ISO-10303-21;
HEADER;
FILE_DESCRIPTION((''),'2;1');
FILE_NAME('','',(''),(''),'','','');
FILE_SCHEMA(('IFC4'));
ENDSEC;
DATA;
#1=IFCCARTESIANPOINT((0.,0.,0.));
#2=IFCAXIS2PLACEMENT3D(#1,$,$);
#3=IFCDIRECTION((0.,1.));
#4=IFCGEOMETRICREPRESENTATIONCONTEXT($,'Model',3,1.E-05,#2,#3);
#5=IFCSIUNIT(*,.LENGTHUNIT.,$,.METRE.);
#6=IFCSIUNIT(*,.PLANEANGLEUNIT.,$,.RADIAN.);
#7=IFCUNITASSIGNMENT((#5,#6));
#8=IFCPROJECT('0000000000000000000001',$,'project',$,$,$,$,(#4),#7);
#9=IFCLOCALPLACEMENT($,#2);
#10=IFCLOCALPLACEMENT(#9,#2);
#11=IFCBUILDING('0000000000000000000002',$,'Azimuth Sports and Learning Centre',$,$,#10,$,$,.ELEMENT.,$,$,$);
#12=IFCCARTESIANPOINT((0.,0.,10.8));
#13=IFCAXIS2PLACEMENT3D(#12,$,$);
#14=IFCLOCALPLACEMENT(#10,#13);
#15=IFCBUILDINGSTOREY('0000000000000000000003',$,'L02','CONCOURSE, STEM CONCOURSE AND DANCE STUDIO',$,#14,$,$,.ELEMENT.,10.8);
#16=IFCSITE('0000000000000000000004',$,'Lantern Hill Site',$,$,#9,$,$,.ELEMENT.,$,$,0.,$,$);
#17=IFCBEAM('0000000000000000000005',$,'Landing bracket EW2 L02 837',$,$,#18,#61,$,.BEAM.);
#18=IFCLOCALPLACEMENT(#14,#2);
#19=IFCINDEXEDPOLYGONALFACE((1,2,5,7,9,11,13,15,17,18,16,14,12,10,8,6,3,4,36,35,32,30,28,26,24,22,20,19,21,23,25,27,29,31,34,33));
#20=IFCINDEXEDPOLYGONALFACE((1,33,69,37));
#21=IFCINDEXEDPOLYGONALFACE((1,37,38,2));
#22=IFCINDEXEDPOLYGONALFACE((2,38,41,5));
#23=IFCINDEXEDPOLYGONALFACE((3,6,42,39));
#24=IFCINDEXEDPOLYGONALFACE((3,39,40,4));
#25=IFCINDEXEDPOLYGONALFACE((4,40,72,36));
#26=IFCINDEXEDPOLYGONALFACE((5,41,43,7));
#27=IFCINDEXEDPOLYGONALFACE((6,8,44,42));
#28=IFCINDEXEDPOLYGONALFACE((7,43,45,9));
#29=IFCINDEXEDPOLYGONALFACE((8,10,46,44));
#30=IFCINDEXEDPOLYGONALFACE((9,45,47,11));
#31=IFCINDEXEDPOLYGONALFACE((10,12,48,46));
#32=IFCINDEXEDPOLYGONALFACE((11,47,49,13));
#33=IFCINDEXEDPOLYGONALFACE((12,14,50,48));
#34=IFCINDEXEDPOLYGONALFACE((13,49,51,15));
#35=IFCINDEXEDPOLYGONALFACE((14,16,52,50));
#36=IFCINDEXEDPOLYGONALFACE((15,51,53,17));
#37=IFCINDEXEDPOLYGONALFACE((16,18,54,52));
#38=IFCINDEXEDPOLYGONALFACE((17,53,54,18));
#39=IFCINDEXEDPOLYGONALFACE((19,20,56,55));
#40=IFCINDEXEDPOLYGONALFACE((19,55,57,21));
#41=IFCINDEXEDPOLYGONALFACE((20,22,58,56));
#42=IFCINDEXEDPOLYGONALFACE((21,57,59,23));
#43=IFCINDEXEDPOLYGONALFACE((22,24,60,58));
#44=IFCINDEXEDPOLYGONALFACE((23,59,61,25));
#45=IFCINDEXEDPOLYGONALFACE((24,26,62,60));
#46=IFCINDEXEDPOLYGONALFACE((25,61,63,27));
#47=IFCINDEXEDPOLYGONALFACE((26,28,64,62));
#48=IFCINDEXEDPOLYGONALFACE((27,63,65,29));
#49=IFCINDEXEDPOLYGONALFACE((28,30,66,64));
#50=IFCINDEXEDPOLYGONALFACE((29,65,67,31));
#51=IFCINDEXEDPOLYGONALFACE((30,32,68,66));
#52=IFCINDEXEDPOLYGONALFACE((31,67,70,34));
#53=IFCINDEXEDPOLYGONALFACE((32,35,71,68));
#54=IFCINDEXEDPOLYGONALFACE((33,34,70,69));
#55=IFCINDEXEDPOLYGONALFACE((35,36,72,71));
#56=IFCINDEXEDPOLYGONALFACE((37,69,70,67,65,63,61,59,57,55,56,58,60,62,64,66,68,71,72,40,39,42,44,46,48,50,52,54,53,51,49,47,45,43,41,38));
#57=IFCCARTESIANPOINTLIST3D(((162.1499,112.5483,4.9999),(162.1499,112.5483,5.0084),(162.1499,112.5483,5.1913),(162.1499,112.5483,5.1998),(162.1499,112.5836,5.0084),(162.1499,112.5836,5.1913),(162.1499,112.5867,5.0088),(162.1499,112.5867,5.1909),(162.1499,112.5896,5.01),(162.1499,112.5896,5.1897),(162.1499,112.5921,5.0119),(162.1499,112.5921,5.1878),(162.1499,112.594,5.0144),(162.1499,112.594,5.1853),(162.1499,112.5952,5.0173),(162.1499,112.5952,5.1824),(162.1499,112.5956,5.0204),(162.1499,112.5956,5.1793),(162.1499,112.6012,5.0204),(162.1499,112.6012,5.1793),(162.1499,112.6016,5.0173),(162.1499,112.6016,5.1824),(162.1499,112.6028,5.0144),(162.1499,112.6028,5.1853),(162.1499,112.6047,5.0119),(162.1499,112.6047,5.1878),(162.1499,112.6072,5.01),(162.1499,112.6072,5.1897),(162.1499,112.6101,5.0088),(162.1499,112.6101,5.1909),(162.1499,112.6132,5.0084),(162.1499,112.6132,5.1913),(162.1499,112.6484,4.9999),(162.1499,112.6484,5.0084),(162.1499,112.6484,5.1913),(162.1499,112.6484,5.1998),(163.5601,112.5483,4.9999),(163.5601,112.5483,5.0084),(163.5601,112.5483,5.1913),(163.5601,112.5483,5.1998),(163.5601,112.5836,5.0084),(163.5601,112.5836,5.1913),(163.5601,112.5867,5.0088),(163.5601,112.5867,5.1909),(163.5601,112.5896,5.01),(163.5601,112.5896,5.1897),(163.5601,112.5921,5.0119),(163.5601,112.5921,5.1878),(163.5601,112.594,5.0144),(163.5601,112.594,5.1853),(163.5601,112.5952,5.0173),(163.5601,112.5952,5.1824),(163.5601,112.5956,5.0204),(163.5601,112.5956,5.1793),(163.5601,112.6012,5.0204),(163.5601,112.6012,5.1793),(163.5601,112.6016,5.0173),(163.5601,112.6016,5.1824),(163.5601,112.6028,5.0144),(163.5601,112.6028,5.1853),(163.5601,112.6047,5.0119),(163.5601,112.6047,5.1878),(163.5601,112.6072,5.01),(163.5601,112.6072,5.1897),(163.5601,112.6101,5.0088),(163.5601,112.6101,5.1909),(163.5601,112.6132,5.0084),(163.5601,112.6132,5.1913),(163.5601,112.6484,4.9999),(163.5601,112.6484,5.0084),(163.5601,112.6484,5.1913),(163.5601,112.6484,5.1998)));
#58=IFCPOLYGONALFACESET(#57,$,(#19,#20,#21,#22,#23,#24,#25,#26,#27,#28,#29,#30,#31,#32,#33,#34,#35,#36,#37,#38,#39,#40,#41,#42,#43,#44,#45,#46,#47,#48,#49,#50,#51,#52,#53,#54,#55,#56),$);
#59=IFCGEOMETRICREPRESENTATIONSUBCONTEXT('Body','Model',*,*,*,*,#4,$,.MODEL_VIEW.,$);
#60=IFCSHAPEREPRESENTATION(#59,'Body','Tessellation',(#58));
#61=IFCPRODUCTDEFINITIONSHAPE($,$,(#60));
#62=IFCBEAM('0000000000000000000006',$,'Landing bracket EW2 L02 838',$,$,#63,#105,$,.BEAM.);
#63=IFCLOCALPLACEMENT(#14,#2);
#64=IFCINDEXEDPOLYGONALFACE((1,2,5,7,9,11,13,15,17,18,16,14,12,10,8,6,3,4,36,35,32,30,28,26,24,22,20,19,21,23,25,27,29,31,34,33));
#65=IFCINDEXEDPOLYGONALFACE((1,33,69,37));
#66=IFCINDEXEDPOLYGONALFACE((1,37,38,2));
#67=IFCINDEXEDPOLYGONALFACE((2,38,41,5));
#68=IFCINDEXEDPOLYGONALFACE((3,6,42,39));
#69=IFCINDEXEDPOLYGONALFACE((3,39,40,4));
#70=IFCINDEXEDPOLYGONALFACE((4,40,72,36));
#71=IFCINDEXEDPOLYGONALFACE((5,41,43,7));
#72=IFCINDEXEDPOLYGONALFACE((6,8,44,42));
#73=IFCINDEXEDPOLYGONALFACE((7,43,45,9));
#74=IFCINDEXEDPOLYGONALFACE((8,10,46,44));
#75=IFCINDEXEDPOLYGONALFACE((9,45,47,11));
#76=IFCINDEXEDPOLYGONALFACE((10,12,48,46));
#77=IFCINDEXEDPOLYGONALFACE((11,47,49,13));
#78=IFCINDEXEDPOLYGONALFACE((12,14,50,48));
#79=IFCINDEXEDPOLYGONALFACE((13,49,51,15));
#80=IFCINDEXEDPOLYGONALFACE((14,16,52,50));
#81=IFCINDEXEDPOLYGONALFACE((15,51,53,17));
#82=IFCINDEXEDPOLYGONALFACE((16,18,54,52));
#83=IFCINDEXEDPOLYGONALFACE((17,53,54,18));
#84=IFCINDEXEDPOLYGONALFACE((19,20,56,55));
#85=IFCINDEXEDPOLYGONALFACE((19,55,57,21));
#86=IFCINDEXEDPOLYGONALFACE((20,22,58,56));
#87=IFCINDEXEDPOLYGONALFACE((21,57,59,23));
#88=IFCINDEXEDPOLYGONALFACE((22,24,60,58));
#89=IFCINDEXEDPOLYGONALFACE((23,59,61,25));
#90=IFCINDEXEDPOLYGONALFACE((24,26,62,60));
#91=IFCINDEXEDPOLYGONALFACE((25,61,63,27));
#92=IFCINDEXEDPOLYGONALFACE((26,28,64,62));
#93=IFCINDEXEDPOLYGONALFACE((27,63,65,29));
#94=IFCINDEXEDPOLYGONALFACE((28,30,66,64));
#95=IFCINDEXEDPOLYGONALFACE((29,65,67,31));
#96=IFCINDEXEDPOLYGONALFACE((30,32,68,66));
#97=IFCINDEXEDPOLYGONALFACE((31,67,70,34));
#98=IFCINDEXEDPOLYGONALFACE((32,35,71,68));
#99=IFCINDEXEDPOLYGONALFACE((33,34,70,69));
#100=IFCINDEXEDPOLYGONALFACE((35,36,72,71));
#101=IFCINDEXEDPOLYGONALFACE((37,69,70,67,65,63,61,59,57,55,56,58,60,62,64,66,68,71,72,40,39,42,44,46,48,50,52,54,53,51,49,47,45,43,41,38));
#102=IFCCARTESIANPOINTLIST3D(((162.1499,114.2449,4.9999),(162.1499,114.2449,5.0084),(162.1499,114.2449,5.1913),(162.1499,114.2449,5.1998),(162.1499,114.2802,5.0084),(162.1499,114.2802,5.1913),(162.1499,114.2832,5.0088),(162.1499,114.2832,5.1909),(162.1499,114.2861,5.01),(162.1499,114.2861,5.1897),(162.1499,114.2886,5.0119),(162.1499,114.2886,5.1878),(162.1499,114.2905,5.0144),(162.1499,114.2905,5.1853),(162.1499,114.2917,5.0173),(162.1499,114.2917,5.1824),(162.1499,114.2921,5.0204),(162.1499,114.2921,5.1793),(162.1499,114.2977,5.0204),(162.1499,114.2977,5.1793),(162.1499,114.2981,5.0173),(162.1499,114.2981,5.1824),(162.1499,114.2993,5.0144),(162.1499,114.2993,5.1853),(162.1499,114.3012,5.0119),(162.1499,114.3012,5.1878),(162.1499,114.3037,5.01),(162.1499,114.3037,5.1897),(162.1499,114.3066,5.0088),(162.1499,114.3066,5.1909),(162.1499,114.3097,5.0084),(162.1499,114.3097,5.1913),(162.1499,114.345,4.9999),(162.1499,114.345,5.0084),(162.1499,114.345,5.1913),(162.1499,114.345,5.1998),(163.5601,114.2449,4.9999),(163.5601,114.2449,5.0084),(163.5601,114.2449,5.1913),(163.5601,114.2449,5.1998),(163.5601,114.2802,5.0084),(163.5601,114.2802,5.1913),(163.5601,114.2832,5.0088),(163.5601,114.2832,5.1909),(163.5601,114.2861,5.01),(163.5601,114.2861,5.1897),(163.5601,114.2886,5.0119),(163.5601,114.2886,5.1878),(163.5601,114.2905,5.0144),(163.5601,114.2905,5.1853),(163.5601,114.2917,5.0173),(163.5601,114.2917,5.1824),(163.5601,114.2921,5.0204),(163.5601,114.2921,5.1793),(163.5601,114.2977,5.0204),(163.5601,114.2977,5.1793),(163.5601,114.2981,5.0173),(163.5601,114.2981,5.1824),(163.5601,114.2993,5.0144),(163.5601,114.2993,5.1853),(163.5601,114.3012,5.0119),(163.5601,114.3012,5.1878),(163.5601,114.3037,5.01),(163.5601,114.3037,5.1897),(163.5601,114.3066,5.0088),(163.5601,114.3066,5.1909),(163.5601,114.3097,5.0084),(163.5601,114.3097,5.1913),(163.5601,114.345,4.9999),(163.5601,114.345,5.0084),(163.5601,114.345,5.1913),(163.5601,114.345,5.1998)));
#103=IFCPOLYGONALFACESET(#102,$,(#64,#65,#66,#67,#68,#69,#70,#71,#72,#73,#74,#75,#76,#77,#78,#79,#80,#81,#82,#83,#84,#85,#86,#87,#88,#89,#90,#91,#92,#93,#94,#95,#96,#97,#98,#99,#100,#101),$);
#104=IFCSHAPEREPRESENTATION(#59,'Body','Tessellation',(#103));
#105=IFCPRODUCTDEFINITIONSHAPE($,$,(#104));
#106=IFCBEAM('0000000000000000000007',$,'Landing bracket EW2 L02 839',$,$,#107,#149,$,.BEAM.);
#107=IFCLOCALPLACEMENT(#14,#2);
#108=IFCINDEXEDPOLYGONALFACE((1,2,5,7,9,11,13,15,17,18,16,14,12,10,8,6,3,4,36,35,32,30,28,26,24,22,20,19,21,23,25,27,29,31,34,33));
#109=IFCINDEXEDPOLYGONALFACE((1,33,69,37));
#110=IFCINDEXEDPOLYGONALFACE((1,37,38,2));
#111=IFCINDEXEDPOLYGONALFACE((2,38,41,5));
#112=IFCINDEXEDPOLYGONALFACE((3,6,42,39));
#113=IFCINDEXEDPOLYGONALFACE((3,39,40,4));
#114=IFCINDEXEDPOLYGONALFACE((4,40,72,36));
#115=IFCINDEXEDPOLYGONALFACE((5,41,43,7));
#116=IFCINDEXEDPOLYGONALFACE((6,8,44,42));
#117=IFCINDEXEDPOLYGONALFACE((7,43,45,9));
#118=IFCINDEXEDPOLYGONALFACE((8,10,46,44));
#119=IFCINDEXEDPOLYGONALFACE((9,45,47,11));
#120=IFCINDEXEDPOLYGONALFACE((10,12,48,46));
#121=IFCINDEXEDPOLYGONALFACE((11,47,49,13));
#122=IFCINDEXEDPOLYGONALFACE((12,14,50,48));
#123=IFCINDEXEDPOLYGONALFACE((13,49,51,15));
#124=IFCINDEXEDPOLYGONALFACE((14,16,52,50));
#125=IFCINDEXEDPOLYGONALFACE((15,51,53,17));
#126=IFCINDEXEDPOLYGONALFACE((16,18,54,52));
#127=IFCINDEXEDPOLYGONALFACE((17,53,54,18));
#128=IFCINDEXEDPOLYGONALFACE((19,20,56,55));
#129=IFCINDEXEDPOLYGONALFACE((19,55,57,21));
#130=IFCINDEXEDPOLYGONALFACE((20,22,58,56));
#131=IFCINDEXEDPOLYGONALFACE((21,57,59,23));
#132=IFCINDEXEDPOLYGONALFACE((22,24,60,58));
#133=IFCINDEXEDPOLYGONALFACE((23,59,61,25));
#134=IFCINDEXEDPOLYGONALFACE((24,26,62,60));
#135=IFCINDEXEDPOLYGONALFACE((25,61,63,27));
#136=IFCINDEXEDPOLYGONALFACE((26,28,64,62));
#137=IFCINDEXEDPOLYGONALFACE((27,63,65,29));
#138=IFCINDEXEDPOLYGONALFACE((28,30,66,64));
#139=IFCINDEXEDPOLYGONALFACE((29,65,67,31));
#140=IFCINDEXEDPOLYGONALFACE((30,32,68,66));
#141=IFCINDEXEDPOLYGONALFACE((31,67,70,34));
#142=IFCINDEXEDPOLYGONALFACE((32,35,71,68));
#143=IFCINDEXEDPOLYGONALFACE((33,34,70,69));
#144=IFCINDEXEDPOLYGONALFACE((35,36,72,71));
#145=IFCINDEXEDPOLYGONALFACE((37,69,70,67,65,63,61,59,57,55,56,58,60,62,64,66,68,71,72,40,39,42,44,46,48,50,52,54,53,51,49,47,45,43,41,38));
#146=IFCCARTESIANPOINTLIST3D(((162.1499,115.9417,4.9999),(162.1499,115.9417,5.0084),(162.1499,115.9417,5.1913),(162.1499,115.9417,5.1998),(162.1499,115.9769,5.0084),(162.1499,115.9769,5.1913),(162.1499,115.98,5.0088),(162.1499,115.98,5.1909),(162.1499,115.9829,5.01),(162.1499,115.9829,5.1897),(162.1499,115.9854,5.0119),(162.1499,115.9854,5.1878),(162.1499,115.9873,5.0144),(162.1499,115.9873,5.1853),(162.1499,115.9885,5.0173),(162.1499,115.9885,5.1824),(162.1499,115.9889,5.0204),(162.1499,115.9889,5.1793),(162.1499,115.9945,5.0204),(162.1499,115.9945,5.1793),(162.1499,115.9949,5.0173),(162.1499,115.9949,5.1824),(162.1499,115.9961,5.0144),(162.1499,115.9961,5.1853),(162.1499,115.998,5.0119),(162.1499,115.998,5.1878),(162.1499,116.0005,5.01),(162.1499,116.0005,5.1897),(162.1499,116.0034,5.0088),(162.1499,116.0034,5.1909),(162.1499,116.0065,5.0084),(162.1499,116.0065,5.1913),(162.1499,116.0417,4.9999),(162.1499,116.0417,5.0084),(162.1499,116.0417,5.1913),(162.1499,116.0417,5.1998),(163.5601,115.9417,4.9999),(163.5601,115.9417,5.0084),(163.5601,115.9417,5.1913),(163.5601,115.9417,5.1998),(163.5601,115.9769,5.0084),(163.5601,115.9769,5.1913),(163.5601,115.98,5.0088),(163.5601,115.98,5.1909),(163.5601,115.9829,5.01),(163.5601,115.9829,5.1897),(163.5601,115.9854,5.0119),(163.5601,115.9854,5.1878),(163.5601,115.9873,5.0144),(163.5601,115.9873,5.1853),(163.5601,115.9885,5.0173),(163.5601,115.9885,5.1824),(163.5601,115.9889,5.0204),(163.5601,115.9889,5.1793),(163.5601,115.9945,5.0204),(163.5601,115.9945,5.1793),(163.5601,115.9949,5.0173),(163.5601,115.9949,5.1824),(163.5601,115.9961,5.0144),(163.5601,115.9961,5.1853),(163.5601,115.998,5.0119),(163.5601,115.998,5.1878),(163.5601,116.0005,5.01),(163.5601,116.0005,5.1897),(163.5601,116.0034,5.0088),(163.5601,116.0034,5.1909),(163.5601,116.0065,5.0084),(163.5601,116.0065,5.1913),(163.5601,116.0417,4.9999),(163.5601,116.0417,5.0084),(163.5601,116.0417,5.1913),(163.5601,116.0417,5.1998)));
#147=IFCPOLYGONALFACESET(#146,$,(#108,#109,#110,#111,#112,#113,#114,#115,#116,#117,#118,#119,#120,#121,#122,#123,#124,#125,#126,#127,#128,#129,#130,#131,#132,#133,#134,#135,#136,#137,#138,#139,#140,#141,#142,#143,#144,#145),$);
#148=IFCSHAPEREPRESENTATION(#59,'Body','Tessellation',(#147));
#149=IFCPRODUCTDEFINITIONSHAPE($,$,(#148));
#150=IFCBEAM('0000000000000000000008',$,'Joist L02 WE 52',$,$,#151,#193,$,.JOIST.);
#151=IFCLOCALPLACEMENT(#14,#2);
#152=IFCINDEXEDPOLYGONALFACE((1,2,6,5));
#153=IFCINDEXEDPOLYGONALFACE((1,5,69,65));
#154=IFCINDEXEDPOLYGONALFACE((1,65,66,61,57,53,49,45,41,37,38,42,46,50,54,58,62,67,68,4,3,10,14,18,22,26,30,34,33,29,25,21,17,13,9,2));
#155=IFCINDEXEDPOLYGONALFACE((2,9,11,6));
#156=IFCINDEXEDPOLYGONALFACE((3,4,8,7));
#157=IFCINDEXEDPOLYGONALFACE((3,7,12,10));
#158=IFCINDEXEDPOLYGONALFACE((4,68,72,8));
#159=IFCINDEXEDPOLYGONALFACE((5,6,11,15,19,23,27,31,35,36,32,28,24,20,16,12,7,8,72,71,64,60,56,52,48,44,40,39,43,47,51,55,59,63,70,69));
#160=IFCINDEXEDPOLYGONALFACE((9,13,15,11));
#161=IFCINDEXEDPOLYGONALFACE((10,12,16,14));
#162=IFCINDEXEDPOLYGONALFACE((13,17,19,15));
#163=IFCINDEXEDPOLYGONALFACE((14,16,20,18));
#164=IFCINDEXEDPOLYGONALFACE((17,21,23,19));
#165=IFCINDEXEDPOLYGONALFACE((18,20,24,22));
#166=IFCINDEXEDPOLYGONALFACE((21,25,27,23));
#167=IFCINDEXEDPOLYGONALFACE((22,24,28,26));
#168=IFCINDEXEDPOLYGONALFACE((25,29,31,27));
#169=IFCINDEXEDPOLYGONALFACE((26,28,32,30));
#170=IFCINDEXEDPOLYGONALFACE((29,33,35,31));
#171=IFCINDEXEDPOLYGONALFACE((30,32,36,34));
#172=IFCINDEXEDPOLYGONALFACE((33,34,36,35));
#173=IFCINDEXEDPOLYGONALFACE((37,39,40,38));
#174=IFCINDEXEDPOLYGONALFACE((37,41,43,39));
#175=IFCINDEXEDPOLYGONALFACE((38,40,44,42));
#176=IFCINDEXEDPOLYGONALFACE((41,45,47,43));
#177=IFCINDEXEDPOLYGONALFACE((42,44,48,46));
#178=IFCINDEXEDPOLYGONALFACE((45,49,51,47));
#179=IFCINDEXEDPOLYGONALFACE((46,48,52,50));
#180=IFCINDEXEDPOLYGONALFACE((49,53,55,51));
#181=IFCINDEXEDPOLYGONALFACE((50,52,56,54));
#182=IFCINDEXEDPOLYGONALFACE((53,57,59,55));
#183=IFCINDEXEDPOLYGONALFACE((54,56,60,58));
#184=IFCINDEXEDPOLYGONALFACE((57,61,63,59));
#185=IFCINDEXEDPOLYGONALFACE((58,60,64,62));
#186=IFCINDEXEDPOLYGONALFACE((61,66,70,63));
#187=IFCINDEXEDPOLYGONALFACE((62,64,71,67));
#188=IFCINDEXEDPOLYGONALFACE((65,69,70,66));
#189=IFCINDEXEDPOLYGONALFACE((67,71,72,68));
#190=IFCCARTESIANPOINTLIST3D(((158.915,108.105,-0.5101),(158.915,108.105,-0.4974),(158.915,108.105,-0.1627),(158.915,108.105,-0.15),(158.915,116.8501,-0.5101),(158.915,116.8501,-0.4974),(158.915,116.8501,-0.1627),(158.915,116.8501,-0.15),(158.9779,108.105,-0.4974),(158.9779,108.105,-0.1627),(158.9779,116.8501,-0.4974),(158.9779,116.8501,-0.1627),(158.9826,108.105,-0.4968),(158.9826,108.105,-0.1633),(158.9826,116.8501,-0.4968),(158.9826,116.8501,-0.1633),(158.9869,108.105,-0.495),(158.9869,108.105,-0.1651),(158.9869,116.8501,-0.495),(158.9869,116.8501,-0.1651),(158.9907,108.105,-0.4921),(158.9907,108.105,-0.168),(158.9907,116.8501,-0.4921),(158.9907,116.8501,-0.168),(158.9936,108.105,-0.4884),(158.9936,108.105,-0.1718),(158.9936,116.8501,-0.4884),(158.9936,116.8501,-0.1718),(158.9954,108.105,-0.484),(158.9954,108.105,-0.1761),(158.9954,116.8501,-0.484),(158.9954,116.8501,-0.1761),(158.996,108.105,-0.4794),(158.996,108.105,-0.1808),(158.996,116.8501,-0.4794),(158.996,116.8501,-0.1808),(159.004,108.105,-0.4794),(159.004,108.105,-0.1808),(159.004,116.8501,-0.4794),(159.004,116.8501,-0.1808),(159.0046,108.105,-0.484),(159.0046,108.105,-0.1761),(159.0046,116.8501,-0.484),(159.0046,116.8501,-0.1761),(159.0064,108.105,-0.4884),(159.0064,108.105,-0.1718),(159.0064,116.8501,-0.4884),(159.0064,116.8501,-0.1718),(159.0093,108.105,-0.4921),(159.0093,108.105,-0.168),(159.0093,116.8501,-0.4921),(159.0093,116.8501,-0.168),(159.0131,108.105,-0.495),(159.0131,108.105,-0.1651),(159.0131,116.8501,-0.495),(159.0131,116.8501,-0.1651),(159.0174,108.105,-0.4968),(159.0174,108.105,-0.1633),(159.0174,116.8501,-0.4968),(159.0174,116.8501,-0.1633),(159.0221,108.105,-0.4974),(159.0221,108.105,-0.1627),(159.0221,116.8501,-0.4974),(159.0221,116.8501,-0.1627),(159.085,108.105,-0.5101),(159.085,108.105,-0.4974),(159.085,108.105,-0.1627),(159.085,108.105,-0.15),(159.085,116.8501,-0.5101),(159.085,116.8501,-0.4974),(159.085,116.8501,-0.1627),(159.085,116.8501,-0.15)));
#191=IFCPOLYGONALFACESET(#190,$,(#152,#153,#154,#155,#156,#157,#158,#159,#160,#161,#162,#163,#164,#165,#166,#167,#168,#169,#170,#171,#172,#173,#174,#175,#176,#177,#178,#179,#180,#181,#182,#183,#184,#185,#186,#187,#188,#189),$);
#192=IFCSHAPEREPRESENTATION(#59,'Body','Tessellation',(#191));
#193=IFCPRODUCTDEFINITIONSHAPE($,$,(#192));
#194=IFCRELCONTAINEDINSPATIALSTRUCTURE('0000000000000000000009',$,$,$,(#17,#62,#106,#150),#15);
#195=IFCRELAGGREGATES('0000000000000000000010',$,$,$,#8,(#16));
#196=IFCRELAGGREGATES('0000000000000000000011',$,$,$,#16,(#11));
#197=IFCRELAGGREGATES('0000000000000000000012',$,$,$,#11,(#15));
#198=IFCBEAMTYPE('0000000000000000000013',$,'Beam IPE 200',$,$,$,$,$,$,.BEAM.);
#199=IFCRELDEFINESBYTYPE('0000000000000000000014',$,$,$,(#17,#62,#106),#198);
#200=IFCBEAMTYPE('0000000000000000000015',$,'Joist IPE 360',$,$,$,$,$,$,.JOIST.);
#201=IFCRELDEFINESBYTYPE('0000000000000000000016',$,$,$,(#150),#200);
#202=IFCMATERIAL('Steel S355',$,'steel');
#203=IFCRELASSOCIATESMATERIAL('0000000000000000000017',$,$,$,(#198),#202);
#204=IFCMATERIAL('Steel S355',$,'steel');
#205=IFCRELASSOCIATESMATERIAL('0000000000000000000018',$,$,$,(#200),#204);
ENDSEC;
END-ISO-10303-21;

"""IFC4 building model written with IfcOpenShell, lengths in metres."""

from ifc_helpers import new_model, si_unit, direction, frame, origin, origin_2d, place, context, subcontext, project, spatial, i_section, extrude, material, material_profile, profile_set, type_object, element, save


model = new_model("IFC4")

# Units and contexts
model_context = context("Model", 3, precision=1e-05, world=origin(), true_north=direction((0.0, 1.0)))
body_context = subcontext(model_context, "Body", "Model", "MODEL_VIEW")
ifc_project = project(units=[si_unit("LENGTHUNIT", "METRE"), si_unit("PLANEANGLEUNIT", "RADIAN")], contexts=[model_context])

# Site, building, storey
site_placement = place(None, origin())
site = spatial("IfcSite", under=ifc_project, at=site_placement, Name="Lantern Hill Site", CompositionType="ELEMENT", RefElevation=0.0)
building_placement = place(site_placement, origin())
building = spatial("IfcBuilding", under=site, at=building_placement, Name="Azimuth Sports and Learning Centre", CompositionType="ELEMENT")
storey_placement = place(building_placement, frame((0.0, 0.0, 10.8)))
storey = spatial("IfcBuildingStorey", under=building, at=storey_placement, Name="L02", Description="CONCOURSE, STEM CONCOURSE AND DANCE STUDIO", CompositionType="ELEMENT", Elevation=10.8)

# Beams
ifc_material_1 = material(Name="Steel S355", Category="steel")
ifc_material_profile_1 = material_profile(ifc_material_1, i_section(OverallWidth=0.1001, OverallDepth=0.2, WebThickness=0.0056, FlangeThickness=0.0085, FilletRadius=0.012, at=origin_2d()), Name="IPE 200")
ifc_profile_set_1 = profile_set([ifc_material_profile_1], Name="Steel S355")
beam_type_1 = type_object("IfcBeamType", Name="Beam IPE 200", PredefinedType="BEAM", material=ifc_profile_set_1)
for number, where, z_axis, x_axis, name in (
    (1, (162.1499, 112.5984, 5.0999), (1.0, 0.0, 0.0), (0.0, 1.0, 0.0), "Landing bracket EW2 L02 837"),
    (2, (162.1499, 114.2949, 5.0999), (1.0, 0.0, 0.0), (0.0, 1.0, 0.0), "Landing bracket EW2 L02 838"),
    (3, (162.1499, 115.9917, 5.0999), (1.0, 0.0, 0.0), (0.0, 1.0, 0.0), "Landing bracket EW2 L02 839"),
):
    element("IfcBeam", number, at=place(storey_placement, frame(where, z_axis=z_axis, x_axis=x_axis)), inside=storey, type_object=beam_type_1, Name=name, PredefinedType="BEAM", context=body_context, shape_type="SweptSolid", body=[
        extrude(i_section(OverallWidth=0.1001, OverallDepth=0.2, WebThickness=0.0056, FlangeThickness=0.0085, FilletRadius=0.012, at=origin_2d()), origin(), (0.0, 0.0, 1.0), 1.4102),
    ])
ifc_material_2 = material(Name="Steel S355", Category="steel")
ifc_material_profile_2 = material_profile(ifc_material_2, i_section(OverallWidth=0.1699, OverallDepth=0.3601, WebThickness=0.0081, FlangeThickness=0.0127, FilletRadius=0.0181, at=origin_2d()), Name="IPE 360")
ifc_profile_set_2 = profile_set([ifc_material_profile_2], Name="Steel S355")
beam_type_2 = type_object("IfcBeamType", Name="Joist IPE 360", PredefinedType="JOIST", material=ifc_profile_set_2)
beam_placement = place(storey_placement, frame((159.0, 108.105, -0.3301), z_axis=(0.0, 1.0, 0.0), x_axis=(-1.0, 0.0, 0.0)))
element("IfcBeam", 4, at=beam_placement, inside=storey, type_object=beam_type_2, Name="Joist L02 WE 52", PredefinedType="JOIST", context=body_context, shape_type="SweptSolid", body=[
    extrude(i_section(OverallWidth=0.1699, OverallDepth=0.3601, WebThickness=0.0081, FlangeThickness=0.0127, FilletRadius=0.0181, at=origin_2d()), origin(), (0.0, 0.0, 1.0), 8.7451),
])

save(model, "model.ifc")
